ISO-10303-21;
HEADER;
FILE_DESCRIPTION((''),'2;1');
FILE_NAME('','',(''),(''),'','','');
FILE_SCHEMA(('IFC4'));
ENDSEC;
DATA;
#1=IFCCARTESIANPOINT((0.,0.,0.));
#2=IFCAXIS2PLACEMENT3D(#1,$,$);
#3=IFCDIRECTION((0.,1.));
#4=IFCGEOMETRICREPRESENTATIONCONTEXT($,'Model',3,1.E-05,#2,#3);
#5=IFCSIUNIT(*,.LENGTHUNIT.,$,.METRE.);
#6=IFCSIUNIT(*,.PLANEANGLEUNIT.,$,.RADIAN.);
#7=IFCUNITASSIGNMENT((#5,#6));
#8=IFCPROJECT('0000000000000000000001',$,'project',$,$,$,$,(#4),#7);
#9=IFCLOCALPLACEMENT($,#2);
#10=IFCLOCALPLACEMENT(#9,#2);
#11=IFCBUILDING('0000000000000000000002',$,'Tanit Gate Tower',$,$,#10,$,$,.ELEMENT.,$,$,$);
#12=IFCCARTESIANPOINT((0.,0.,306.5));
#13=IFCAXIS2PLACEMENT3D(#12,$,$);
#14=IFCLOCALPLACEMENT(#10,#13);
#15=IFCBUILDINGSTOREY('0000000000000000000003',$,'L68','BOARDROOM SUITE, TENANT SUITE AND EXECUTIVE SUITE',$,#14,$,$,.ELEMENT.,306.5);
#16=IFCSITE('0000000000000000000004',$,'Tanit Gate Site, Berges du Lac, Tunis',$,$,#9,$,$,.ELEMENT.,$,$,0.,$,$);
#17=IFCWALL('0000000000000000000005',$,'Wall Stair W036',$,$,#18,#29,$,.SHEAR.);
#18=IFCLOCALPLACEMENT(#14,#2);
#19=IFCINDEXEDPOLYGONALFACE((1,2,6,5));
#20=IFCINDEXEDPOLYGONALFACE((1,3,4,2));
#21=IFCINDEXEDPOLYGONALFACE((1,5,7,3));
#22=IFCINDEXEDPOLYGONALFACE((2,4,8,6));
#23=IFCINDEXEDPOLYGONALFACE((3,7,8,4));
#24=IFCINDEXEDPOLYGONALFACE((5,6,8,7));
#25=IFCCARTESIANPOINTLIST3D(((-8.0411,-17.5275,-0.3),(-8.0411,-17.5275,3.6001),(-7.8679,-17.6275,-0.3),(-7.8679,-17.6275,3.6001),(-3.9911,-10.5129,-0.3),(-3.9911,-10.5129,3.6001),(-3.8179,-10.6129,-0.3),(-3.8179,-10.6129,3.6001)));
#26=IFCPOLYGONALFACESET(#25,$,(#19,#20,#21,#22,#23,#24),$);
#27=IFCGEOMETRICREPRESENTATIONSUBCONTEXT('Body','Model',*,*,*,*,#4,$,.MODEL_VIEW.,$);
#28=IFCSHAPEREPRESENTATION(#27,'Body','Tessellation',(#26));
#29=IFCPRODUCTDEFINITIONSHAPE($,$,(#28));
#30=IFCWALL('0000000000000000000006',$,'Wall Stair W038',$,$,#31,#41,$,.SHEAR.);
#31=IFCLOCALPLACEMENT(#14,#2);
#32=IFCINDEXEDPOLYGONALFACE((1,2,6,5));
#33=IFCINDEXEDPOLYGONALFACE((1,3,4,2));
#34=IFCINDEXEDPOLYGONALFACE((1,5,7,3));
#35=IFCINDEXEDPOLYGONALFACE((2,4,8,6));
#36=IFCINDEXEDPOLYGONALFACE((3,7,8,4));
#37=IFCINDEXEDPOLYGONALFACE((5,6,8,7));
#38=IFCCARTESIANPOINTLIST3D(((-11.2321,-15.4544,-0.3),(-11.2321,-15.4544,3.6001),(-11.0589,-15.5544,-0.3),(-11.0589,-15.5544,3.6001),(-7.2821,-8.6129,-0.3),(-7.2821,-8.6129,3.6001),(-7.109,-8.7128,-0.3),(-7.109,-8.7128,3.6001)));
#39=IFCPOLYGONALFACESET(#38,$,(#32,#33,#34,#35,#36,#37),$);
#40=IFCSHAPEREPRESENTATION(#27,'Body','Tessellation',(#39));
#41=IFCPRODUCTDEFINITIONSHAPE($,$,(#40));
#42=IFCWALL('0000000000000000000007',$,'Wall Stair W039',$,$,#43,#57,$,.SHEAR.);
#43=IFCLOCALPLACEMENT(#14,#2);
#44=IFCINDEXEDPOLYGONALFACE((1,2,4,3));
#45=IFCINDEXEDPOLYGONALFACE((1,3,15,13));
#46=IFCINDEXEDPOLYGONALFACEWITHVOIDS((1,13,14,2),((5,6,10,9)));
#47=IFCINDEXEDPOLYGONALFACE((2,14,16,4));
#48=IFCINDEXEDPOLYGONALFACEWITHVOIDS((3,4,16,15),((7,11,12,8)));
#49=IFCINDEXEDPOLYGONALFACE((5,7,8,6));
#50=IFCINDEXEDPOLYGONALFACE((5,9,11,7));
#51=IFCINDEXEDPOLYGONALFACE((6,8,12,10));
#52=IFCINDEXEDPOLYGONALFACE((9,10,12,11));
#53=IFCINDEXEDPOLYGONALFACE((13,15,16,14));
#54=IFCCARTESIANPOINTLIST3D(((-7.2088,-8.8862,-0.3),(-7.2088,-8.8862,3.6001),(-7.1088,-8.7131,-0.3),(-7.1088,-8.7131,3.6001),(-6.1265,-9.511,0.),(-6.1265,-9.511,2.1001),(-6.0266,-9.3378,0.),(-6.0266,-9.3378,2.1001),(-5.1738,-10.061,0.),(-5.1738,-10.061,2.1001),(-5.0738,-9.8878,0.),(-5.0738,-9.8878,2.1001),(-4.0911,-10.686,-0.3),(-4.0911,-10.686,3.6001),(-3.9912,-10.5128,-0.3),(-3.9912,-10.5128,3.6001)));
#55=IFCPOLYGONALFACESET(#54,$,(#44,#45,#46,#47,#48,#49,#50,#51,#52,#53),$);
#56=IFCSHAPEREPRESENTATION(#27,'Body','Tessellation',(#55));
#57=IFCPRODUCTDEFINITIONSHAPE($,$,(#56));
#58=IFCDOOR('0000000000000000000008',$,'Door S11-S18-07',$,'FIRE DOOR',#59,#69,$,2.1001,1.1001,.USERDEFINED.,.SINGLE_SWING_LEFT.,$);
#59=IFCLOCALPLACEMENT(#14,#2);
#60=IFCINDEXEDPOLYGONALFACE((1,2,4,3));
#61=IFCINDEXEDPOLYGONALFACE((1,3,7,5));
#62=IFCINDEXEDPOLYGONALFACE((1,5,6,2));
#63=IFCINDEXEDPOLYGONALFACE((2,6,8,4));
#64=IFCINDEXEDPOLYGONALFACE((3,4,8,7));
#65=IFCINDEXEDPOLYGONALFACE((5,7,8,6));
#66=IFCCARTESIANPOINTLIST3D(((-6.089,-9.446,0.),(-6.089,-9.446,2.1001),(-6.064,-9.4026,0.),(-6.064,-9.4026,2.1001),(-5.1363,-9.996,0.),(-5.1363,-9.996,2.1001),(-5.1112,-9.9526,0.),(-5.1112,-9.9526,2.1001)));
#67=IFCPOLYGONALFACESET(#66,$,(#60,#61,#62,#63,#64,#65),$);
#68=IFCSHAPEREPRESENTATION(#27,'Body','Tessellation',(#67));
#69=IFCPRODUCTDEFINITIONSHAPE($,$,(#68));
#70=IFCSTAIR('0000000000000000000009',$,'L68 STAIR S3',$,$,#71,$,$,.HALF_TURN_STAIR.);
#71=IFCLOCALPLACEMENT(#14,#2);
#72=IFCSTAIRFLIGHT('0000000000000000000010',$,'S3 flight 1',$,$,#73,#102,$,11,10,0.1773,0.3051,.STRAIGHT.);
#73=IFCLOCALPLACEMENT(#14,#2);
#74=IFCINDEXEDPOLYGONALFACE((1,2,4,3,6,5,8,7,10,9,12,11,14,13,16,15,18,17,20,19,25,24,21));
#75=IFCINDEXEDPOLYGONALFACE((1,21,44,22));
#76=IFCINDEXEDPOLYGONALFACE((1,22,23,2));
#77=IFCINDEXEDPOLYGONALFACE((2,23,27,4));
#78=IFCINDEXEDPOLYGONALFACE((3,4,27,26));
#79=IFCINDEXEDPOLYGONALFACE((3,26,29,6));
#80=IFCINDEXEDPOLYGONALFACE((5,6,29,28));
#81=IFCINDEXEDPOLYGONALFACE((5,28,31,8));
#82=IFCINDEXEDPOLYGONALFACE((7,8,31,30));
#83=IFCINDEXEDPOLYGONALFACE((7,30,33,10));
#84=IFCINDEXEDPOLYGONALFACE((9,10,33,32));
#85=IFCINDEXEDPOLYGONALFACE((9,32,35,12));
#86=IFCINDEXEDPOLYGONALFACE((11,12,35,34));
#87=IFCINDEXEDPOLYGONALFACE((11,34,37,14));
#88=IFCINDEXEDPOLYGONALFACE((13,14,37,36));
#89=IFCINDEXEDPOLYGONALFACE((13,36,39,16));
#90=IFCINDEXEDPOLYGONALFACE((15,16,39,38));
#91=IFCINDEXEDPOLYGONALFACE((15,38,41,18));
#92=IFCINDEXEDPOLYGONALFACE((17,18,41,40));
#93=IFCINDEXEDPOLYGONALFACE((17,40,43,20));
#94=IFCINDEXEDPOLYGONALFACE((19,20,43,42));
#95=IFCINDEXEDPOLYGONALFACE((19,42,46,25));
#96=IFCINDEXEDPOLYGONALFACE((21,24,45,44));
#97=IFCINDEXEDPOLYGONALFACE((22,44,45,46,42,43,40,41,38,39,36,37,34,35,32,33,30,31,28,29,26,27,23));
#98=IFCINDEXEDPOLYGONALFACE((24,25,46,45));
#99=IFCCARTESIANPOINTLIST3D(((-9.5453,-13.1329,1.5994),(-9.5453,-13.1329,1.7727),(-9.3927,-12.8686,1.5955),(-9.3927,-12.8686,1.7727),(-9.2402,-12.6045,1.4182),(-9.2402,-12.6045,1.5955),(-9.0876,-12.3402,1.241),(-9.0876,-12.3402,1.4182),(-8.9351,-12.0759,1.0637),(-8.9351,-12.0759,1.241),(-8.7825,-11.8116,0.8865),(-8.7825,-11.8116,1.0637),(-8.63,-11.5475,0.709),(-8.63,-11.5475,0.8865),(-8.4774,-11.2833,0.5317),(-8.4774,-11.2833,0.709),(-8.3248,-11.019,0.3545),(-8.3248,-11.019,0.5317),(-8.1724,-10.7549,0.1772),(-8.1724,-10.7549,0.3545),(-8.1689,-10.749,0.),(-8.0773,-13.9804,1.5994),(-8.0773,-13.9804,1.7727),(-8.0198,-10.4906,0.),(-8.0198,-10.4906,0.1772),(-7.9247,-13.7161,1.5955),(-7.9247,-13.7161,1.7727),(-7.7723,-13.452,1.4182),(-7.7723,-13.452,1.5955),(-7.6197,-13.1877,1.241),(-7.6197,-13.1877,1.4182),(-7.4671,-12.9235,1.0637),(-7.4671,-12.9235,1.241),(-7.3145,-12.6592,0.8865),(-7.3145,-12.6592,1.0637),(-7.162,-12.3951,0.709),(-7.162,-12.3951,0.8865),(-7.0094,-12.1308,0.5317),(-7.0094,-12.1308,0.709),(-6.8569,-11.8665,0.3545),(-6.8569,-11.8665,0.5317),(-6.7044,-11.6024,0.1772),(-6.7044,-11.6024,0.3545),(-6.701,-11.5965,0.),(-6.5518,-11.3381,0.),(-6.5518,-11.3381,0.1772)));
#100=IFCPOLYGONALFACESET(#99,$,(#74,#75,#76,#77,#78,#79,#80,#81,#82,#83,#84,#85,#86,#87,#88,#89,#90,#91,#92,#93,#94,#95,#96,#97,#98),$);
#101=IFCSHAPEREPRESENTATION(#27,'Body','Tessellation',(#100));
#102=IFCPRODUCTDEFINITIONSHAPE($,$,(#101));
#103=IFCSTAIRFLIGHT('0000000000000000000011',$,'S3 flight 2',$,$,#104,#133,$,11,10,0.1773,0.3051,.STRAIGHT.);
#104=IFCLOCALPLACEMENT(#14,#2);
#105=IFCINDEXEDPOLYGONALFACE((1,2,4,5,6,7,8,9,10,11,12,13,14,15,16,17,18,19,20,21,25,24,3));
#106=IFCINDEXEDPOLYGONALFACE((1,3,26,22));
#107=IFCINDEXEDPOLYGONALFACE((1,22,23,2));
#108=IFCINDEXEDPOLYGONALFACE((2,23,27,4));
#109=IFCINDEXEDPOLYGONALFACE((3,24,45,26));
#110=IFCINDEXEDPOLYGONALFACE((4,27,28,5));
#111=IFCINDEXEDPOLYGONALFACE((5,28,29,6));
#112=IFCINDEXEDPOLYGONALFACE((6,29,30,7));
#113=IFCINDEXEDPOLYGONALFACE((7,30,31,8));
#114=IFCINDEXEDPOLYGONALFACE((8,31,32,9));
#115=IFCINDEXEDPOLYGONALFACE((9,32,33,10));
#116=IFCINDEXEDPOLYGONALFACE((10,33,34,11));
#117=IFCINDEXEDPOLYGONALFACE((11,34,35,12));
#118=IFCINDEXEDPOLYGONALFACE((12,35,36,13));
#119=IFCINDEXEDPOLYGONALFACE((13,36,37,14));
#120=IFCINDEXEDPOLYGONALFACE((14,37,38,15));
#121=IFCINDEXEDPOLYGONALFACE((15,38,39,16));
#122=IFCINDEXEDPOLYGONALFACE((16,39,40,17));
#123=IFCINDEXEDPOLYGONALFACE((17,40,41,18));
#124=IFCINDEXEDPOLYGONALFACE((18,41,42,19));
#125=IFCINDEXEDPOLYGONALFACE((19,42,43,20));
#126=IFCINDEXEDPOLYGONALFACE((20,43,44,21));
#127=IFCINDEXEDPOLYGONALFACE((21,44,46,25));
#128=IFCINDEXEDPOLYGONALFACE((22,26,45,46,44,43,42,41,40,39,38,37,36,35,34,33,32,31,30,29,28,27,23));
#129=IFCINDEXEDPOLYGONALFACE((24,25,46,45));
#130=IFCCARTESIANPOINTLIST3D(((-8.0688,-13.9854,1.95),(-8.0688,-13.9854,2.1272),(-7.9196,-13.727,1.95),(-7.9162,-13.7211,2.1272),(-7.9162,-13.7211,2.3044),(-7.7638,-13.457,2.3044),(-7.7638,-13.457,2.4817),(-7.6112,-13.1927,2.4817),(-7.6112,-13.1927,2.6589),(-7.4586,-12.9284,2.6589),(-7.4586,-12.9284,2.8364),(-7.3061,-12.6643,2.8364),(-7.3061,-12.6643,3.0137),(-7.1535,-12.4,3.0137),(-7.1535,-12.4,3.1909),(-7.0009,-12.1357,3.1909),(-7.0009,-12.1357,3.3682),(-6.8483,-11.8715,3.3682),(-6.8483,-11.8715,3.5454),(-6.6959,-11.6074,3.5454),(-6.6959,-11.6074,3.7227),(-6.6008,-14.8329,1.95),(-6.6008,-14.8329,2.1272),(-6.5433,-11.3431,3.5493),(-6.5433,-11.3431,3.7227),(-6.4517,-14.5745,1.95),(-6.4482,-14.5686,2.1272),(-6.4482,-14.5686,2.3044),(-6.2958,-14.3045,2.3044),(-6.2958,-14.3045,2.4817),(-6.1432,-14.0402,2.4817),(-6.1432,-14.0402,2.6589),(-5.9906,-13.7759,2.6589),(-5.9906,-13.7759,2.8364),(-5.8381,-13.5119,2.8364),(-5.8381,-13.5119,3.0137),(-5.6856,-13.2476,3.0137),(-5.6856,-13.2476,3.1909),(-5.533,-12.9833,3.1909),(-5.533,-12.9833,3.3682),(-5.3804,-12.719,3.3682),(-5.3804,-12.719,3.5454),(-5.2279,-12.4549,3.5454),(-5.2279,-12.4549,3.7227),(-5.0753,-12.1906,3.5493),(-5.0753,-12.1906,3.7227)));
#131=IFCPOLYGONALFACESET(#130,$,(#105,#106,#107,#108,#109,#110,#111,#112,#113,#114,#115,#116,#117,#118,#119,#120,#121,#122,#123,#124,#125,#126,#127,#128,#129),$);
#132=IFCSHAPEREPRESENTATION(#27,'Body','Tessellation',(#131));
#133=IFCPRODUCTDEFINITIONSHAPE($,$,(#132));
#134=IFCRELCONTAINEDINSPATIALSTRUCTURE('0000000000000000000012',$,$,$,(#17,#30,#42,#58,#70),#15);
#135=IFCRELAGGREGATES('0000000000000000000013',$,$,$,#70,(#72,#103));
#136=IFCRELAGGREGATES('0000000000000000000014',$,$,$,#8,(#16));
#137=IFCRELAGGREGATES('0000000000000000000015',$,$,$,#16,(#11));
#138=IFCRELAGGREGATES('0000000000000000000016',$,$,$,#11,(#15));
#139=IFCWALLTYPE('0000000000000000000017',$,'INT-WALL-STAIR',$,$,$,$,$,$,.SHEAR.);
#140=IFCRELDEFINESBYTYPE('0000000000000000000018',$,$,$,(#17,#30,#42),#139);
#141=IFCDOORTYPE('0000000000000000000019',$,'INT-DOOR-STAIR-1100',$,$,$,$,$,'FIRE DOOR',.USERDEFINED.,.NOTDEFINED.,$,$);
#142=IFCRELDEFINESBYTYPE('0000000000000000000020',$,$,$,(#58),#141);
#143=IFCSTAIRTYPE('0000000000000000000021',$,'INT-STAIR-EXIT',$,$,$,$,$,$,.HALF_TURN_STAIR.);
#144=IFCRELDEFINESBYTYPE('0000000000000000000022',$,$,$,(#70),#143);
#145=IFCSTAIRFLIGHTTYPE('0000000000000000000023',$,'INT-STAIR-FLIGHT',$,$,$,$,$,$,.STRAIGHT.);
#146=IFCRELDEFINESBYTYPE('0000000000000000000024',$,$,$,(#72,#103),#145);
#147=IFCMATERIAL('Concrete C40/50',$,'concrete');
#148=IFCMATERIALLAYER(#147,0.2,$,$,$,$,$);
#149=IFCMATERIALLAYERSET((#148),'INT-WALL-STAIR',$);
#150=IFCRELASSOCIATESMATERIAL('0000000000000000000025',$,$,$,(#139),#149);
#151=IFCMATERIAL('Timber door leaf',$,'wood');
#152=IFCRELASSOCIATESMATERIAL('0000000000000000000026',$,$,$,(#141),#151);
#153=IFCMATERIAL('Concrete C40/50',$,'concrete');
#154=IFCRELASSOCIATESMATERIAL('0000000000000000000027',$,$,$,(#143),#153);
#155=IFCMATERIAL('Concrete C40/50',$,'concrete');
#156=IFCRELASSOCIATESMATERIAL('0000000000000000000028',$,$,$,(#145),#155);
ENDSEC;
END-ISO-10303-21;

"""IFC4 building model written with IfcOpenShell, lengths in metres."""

from ifc_helpers import new_model, si_unit, direction, frame, frame_2d, origin, place, context, subcontext, project, spatial, polyline, rectangle, outline, extrude, material, layer, layer_set, type_object, element, fill, aggregate, save


model = new_model("IFC4")

# Units and contexts
model_context = context("Model", 3, precision=1e-05, world=origin(), true_north=direction((0.0, 1.0)))
body_context = subcontext(model_context, "Body", "Model", "MODEL_VIEW")
ifc_project = project(units=[si_unit("LENGTHUNIT", "METRE"), si_unit("PLANEANGLEUNIT", "RADIAN")], contexts=[model_context])

# Site, building, storey
site_placement = place(None, origin())
site = spatial("IfcSite", under=ifc_project, at=site_placement, Name="Tanit Gate Site, Berges du Lac, Tunis", CompositionType="ELEMENT", RefElevation=0.0)
building_placement = place(site_placement, origin())
building = spatial("IfcBuilding", under=site, at=building_placement, Name="Tanit Gate Tower", CompositionType="ELEMENT")
storey_placement = place(building_placement, frame((0.0, 0.0, 306.5)))
storey = spatial("IfcBuildingStorey", under=building, at=storey_placement, Name="L68", Description="BOARDROOM SUITE, TENANT SUITE AND EXECUTIVE SUITE", CompositionType="ELEMENT", Elevation=306.5)

# Walls
ifc_material_1 = material(Name="Concrete C40/50", Category="concrete")
ifc_layer_1 = layer(ifc_material_1, 0.2)
ifc_layer_set_1 = layer_set([ifc_layer_1], Name="INT-WALL-STAIR")
wall_type_1 = type_object("IfcWallType", Name="INT-WALL-STAIR", PredefinedType="SHEAR", material=ifc_layer_set_1)
wall_1_placement = place(storey_placement, frame((-3.9045, -10.563, -0.3), z_axis=(0.0, 0.0, 1.0), x_axis=(-0.500013, -0.866018, 0.0)))
element("IfcWall", 1, at=wall_1_placement, inside=storey, type_object=wall_type_1, Name="Wall Stair W036", PredefinedType="SHEAR", context=body_context, shape_type="SweptSolid", body=[
    extrude(rectangle(XDim=8.0999, YDim=0.2, at=frame_2d((4.0498, 0.0))), origin(), (0.0, 0.0, 1.0), 3.9001),
])
wall_2_placement = place(storey_placement, frame((-7.1956, -8.6628, -0.3), z_axis=(0.0, 0.0, 1.0), x_axis=(-0.499998, -0.866027, 0.0)))
element("IfcWall", 2, at=wall_2_placement, inside=storey, type_object=wall_type_1, Name="Wall Stair W038", PredefinedType="SHEAR", context=body_context, shape_type="SweptSolid", body=[
    extrude(rectangle(XDim=7.8999, YDim=0.2, at=frame_2d((3.95, 0.0))), origin(), (0.0, 0.0, 1.0), 3.9001),
])

# Wall, opening, door
wall_3_placement = place(storey_placement, frame((-4.0413, -10.5994, -0.3), z_axis=(0.0, 0.0, 1.0), x_axis=(-0.866048, 0.499961, 0.0)))
wall_3 = element("IfcWall", 3, at=wall_3_placement, inside=storey, type_object=wall_type_1, Name="Wall Stair W039", PredefinedType="SHEAR", context=body_context, shape_type="SweptSolid", body=[
    extrude(rectangle(XDim=3.5999, YDim=0.2, at=frame_2d((1.7998, 0.0))), origin(), (0.0, 0.0, 1.0), 3.9001),
])
opening_1_placement = place(wall_3_placement, frame((1.25, 0.0, 0.3)))
opening_1 = element("IfcOpeningElement", 4, at=opening_1_placement, cuts=wall_3, PredefinedType="OPENING", context=body_context, shape_type="SweptSolid", body=[
    extrude(rectangle(XDim=1.1001, YDim=2.1001, at=frame_2d((0.55, 1.05))), frame((0.0, 0.1099, 0.0), z_axis=(0.0, -1.0, 0.0), x_axis=(1.0, 0.0, 0.0)), (0.0, 0.0, 1.0), 0.22),
])
ifc_material_2 = material(Name="Timber door leaf", Category="wood")
door_type_1 = type_object("IfcDoorType", Name="INT-DOOR-STAIR-1100", ElementType="FIRE DOOR", OperationType="NOTDEFINED", PredefinedType="USERDEFINED", material=ifc_material_2)
door_1_placement = place(opening_1_placement, origin())
door_1 = element("IfcDoor", 5, at=door_1_placement, inside=storey, type_object=door_type_1, Name="Door S11-S18-07", ObjectType="FIRE DOOR", OperationType="SINGLE_SWING_LEFT", OverallHeight=2.1001, OverallWidth=1.1001, PredefinedType="USERDEFINED", context=body_context, shape_type="SweptSolid", body=[
    extrude(rectangle(XDim=1.1001, YDim=2.1001, at=frame_2d((0.55, 1.05))), frame((0.0, 0.0249, 0.0), z_axis=(0.0, -1.0, 0.0), x_axis=(1.0, 0.0, 0.0)), (0.0, 0.0, 1.0), 0.05),
])
fill(opening_1, door_1)

# Stair, stair flights
ifc_material_3 = material(Name="Concrete C40/50", Category="concrete")
stair_type = type_object("IfcStairType", Name="INT-STAIR-EXIT", PredefinedType="HALF_TURN_STAIR", material=ifc_material_3)
stair_placement = place(storey_placement, origin())
stair = element("IfcStair", 6, at=stair_placement, inside=storey, type_object=stair_type, Name="L68 STAIR S3", PredefinedType="HALF_TURN_STAIR")
ifc_material_4 = material(Name="Concrete C40/50", Category="concrete")
stair_flight_type = type_object("IfcStairFlightType", Name="INT-STAIR-FLIGHT", PredefinedType="STRAIGHT", material=ifc_material_4)
stair_flight_1_placement = place(storey_placement, frame((-7.2859, -10.9143, 0.0), z_axis=(0.0, 0.0, 1.0), x_axis=(-0.5, -0.866025, 0.0)))
stair_flight_1 = element("IfcStairFlight", 7, at=stair_flight_1_placement, type_object=stair_flight_type, Name="S3 flight 1", NumberOfRisers=11, NumberOfTreads=10, PredefinedType="STRAIGHT", RiserHeight=0.1773, TreadLength=0.3051, context=body_context, shape_type="SweptSolid", body=[
    extrude(outline(polyline([(0.0, 0.0), (0.0, 0.1772), (0.3052, 0.1772), (0.3052, 0.3545), (0.6101, 0.3545), (0.6101, 0.5317), (0.9153, 0.5317), (0.9153, 0.709), (1.2205, 0.709), (1.2205, 0.8865), (1.5254, 0.8865), (1.5254, 1.0637), (1.8306, 1.0637), (1.8306, 1.241), (2.1357, 1.241), (2.1357, 1.4182), (2.4409, 1.4182), (2.4409, 1.5955), (2.7458, 1.5955), (2.7458, 1.7727), (3.051, 1.7727), (3.051, 1.95), (3.051, 1.5994), (0.2983, 0.0), (0.0, 0.0)])), frame((0.0, 0.8477, 0.0), z_axis=(0.0, -1.0, 0.0), x_axis=(1.0, 0.0, 0.0)), (0.0, 0.0, 1.0), 1.6951),
])
stair_flight_2_placement = place(storey_placement, frame((-7.3347, -14.4092, 1.95), z_axis=(0.0, 0.0, 1.0), x_axis=(0.5, 0.866025, 0.0)))
stair_flight_2 = element("IfcStairFlight", 8, at=stair_flight_2_placement, type_object=stair_flight_type, Name="S3 flight 2", NumberOfRisers=11, NumberOfTreads=10, PredefinedType="STRAIGHT", RiserHeight=0.1773, TreadLength=0.3051, context=body_context, shape_type="SweptSolid", body=[
    extrude(outline(polyline([(0.0, 0.0), (0.0, 0.1772), (0.3052, 0.1772), (0.3052, 0.3545), (0.6101, 0.3545), (0.6101, 0.5317), (0.9153, 0.5317), (0.9153, 0.709), (1.2205, 0.709), (1.2205, 0.8865), (1.5254, 0.8865), (1.5254, 1.0637), (1.8306, 1.0637), (1.8306, 1.241), (2.1357, 1.241), (2.1357, 1.4182), (2.4409, 1.4182), (2.4409, 1.5955), (2.7458, 1.5955), (2.7458, 1.7727), (3.051, 1.7727), (3.051, 1.95), (3.051, 1.5994), (0.2983, 0.0), (0.0, 0.0)])), frame((0.0, 0.8477, 0.0), z_axis=(0.0, -1.0, 0.0), x_axis=(1.0, 0.0, 0.0)), (0.0, 0.0, 1.0), 1.6951),
])
aggregate(stair, [stair_flight_1, stair_flight_2])

save(model, "model.ifc")
